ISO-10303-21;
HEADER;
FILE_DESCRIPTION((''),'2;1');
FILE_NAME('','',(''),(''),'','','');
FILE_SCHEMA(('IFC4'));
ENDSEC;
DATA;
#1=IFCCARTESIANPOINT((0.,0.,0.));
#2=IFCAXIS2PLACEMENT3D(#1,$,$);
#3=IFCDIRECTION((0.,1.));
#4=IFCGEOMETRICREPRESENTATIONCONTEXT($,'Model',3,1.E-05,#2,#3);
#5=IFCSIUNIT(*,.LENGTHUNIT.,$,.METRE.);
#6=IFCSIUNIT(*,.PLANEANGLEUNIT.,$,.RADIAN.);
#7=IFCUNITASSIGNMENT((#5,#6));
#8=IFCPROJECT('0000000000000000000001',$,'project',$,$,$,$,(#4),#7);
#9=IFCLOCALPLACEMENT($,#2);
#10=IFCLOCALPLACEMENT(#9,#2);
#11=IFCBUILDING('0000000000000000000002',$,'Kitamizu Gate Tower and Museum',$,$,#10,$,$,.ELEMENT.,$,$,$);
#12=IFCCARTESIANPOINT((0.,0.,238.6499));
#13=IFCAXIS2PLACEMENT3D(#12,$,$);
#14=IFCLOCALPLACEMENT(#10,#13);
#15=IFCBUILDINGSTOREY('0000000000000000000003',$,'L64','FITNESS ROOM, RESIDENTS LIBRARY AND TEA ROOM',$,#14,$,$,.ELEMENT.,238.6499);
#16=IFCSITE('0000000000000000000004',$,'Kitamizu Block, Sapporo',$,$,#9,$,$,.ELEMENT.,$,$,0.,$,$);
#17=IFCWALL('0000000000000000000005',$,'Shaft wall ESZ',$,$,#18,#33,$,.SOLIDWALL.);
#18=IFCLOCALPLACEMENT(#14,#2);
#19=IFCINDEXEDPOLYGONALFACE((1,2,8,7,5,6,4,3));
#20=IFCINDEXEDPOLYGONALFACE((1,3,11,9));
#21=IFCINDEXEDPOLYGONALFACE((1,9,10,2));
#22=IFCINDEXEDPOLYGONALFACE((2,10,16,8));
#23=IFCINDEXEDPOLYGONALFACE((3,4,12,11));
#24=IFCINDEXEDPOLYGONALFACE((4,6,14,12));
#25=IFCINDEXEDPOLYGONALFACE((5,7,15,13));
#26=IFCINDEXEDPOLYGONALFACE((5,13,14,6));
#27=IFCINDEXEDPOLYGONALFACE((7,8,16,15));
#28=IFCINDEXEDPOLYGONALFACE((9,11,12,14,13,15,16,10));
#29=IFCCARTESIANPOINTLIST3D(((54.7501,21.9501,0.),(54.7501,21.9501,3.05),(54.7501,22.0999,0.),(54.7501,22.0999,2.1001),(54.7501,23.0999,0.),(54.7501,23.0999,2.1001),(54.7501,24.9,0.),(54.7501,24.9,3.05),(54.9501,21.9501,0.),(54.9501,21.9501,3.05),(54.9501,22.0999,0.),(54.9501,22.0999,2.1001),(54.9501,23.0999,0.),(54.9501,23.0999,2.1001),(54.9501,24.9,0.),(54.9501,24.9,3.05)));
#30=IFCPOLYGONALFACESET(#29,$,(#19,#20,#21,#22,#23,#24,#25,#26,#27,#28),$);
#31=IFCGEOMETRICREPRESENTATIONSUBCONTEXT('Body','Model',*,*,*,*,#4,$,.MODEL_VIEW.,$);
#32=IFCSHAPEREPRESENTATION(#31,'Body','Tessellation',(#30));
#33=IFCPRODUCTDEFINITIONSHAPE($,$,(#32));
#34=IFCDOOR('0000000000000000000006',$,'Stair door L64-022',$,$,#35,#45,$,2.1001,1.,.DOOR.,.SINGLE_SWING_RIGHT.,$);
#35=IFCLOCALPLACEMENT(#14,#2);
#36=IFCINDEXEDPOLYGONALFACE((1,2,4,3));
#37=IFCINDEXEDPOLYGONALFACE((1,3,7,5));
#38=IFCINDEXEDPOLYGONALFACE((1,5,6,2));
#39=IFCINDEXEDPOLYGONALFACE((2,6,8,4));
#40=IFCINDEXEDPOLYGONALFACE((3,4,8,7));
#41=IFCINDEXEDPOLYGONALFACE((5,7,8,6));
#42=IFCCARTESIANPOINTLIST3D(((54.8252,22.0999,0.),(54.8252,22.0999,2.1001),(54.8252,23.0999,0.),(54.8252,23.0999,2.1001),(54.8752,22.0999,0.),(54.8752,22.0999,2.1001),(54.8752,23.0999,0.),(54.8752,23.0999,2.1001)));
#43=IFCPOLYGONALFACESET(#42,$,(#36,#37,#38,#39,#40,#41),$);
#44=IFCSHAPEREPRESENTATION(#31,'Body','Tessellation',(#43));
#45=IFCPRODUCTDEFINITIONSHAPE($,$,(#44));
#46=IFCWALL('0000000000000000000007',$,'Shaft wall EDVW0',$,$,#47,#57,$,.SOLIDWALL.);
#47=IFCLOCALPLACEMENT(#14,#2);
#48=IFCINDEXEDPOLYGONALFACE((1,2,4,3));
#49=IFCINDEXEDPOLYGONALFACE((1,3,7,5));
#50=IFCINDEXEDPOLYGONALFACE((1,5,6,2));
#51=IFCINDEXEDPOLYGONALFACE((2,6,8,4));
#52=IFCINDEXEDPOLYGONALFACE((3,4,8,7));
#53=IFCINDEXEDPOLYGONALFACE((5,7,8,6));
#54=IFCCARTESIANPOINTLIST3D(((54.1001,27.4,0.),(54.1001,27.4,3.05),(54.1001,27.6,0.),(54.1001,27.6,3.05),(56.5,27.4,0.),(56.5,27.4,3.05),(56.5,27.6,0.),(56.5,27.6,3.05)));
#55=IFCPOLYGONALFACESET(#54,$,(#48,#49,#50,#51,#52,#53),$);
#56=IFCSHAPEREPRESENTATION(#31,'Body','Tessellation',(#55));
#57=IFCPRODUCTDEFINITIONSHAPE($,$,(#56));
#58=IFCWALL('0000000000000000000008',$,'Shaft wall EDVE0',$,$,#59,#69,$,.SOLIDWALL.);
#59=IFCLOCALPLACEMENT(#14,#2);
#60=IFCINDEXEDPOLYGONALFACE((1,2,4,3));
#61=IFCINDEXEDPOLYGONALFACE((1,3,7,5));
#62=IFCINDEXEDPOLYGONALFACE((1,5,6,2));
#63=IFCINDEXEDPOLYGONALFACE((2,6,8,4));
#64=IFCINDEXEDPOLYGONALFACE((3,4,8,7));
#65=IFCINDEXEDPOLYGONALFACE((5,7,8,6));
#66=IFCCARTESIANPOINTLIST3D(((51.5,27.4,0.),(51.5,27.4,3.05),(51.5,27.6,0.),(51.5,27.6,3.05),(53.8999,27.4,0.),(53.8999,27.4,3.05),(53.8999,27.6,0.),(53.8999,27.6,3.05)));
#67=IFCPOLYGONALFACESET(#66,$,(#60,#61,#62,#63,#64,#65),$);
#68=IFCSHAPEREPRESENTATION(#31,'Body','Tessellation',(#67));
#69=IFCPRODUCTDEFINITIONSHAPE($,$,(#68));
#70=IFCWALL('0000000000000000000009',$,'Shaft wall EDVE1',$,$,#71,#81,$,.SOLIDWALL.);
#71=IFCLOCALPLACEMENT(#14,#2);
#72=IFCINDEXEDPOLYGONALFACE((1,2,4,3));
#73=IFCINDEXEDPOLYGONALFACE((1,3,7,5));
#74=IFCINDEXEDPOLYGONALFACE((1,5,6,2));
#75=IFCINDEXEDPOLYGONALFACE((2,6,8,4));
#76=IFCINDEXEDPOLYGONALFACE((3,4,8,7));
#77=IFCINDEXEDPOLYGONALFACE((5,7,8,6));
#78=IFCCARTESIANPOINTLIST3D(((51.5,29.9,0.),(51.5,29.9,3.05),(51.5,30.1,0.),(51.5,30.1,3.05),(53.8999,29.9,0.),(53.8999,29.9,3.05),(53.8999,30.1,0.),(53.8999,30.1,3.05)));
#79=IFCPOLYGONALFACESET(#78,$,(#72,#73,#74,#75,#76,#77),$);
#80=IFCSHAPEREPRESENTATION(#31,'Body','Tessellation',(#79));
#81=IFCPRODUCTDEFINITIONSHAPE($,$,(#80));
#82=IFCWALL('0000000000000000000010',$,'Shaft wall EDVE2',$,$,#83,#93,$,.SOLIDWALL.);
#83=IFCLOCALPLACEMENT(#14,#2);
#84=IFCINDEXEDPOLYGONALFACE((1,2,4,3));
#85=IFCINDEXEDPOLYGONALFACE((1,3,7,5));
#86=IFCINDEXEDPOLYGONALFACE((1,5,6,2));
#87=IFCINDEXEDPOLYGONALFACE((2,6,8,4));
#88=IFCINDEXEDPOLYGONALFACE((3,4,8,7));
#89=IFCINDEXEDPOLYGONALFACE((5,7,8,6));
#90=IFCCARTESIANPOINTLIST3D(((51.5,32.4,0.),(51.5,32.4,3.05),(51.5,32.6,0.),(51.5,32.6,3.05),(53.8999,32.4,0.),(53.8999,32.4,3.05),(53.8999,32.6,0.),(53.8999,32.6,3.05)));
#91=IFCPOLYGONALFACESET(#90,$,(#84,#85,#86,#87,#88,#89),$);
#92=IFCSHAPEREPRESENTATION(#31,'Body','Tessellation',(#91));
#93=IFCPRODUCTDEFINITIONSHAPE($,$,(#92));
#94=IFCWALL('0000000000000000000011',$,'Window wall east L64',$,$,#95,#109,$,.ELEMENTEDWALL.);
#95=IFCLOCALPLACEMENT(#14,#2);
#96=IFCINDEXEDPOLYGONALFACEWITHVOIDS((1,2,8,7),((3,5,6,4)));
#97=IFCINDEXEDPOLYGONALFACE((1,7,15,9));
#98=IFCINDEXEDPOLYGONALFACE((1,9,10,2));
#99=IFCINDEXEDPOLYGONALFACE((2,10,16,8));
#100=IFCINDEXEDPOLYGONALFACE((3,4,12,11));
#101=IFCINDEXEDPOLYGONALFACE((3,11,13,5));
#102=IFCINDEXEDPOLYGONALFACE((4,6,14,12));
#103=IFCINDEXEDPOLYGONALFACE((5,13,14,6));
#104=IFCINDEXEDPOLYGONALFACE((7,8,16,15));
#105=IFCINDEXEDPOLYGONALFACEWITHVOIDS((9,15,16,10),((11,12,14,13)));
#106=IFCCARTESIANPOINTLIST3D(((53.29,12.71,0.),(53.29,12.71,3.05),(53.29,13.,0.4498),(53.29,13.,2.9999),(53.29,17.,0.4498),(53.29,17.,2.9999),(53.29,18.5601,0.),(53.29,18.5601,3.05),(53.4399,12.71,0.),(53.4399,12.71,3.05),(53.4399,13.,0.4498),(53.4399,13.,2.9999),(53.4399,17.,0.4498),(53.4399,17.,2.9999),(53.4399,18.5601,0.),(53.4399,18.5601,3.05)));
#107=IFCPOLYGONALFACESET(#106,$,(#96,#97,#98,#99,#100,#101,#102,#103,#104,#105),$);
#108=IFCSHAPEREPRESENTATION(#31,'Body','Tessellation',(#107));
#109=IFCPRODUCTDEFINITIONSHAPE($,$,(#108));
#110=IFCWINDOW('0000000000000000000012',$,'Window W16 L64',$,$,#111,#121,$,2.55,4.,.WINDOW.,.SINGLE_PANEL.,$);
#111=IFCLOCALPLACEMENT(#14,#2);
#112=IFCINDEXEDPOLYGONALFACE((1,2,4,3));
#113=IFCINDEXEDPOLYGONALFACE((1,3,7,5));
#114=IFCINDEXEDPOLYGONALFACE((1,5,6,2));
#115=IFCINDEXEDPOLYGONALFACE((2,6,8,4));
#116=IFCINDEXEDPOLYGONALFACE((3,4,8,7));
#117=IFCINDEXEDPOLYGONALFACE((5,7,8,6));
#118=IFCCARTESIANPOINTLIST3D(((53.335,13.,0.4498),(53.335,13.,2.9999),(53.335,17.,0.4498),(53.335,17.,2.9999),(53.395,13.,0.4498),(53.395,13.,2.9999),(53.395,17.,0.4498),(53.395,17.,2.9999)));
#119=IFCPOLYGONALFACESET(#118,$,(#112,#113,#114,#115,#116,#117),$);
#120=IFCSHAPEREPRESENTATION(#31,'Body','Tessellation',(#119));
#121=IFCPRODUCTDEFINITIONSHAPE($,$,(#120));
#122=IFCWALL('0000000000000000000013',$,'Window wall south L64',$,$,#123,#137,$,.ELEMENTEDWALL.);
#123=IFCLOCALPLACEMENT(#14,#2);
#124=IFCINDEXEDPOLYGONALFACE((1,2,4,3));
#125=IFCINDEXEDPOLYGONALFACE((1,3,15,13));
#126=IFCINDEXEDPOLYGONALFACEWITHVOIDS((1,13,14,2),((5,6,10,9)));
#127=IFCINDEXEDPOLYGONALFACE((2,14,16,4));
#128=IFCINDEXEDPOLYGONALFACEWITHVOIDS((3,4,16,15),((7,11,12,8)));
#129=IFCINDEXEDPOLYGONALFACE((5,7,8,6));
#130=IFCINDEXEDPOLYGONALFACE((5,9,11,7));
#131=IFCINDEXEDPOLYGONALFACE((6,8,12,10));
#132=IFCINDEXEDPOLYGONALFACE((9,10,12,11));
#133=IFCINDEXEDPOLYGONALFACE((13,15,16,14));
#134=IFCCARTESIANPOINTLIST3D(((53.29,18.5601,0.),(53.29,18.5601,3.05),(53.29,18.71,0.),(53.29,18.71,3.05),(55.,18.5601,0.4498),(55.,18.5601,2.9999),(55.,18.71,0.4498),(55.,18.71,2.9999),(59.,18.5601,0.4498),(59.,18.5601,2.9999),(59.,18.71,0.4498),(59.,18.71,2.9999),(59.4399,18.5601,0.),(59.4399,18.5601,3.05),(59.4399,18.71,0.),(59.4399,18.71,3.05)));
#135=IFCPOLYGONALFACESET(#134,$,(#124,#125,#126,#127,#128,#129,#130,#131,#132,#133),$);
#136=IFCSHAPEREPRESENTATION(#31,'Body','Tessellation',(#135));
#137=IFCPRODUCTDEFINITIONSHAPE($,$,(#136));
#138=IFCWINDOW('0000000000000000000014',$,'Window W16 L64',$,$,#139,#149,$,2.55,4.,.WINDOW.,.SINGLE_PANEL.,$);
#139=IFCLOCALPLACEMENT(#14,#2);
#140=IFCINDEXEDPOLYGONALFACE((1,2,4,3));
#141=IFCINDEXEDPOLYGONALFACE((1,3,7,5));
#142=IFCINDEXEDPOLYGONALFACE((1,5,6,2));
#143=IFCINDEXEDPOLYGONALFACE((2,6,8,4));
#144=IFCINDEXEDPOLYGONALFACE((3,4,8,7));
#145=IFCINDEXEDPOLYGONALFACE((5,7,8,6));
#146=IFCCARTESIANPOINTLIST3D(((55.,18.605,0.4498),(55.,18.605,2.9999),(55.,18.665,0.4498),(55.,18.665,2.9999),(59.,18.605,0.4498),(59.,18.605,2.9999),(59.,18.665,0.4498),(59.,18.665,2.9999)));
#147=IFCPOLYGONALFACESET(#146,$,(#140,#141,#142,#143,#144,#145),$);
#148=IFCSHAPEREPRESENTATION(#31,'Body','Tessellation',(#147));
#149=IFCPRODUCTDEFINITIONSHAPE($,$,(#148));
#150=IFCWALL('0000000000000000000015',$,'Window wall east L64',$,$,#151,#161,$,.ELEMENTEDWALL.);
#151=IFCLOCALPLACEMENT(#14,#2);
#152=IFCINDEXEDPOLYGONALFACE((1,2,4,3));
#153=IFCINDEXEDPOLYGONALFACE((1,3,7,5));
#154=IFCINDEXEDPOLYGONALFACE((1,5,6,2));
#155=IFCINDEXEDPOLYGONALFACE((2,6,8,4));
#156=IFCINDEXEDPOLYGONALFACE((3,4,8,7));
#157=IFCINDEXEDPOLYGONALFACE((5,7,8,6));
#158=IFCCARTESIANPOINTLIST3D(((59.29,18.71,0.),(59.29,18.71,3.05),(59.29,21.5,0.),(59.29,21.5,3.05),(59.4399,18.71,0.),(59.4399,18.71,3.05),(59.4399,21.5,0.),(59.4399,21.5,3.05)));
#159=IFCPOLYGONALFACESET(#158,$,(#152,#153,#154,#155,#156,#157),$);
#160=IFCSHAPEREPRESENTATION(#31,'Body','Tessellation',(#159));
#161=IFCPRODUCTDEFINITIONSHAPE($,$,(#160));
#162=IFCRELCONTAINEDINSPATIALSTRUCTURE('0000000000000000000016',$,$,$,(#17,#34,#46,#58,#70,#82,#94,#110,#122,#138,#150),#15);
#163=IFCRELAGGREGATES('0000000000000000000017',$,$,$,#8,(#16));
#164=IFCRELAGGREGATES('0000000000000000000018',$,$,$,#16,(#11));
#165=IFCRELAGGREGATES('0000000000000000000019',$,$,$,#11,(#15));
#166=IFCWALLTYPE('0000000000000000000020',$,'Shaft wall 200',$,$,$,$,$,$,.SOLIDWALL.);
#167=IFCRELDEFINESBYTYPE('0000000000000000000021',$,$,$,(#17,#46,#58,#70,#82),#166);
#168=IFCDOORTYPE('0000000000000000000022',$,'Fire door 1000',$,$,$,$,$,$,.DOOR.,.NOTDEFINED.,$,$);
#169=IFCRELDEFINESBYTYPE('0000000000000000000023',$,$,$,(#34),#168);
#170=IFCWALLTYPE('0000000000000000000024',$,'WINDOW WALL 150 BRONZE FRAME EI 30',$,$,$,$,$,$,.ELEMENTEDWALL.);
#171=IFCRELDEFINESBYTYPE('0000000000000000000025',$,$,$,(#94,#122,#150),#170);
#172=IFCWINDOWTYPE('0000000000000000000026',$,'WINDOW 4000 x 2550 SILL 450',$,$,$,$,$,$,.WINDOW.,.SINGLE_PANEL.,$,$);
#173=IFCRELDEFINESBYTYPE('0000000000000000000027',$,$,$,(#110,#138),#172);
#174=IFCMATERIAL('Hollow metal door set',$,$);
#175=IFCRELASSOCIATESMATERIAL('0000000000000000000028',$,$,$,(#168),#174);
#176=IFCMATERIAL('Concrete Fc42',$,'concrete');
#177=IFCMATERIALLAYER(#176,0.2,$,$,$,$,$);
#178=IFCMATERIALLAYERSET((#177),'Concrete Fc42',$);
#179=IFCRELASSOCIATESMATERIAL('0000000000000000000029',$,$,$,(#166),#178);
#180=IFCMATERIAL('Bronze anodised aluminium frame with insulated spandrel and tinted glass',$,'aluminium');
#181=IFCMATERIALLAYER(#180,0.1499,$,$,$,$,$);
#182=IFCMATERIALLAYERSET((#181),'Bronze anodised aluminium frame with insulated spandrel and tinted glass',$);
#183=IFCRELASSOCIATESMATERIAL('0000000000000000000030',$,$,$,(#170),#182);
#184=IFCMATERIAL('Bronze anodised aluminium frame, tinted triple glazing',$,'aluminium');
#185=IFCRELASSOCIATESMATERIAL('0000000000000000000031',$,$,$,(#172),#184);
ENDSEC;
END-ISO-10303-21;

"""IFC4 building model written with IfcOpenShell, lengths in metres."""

from ifc_helpers import new_model, si_unit, direction, frame, frame_2d, origin, place, context, subcontext, project, spatial, rectangle, extrude, material, layer, layer_set, type_object, element, fill, save


model = new_model("IFC4")

# Units and contexts
model_context = context("Model", 3, precision=1e-05, world=origin(), true_north=direction((0.0, 1.0)))
body_context = subcontext(model_context, "Body", "Model", "MODEL_VIEW")
ifc_project = project(units=[si_unit("LENGTHUNIT", "METRE"), si_unit("PLANEANGLEUNIT", "RADIAN")], contexts=[model_context])

# Site, building, storey
site_placement = place(None, origin())
site = spatial("IfcSite", under=ifc_project, at=site_placement, Name="Kitamizu Block, Sapporo", CompositionType="ELEMENT", RefElevation=0.0)
building_placement = place(site_placement, origin())
building = spatial("IfcBuilding", under=site, at=building_placement, Name="Kitamizu Gate Tower and Museum", CompositionType="ELEMENT")
storey_placement = place(building_placement, frame((0.0, 0.0, 238.6499)))
storey = spatial("IfcBuildingStorey", under=building, at=storey_placement, Name="L64", Description="FITNESS ROOM, RESIDENTS LIBRARY AND TEA ROOM", CompositionType="ELEMENT", Elevation=238.6499)

# Shared definitions
ifc_material_1 = material(Name="Hollow metal door set")
door_type_1 = type_object("IfcDoorType", Name="Fire door 1000", OperationType="NOTDEFINED", PredefinedType="DOOR", material=ifc_material_1)

# Shared definitions
ifc_material_2 = material(Name="Concrete Fc42", Category="concrete")
ifc_layer_1 = layer(ifc_material_2, 0.2)
ifc_layer_set_1 = layer_set([ifc_layer_1], Name="Concrete Fc42")
wall_type_1 = type_object("IfcWallType", Name="Shaft wall 200", PredefinedType="SOLIDWALL", material=ifc_layer_set_1)

# Wall, opening, door
wall_1_placement = place(storey_placement, frame((54.8501, 21.95, 0.0), z_axis=(0.0, 0.0, 1.0), x_axis=(0.0, 1.0, 0.0)))
wall_1 = element("IfcWall", 1, at=wall_1_placement, inside=storey, type_object=wall_type_1, Name="Shaft wall ESZ", PredefinedType="SOLIDWALL", context=body_context, shape_type="SweptSolid", body=[
    extrude(rectangle(XDim=2.95, YDim=0.2, at=frame_2d((1.4751, 0.0))), origin(), (0.0, 0.0, 1.0), 3.05),
])
opening_1_placement = place(wall_1_placement, frame((0.1499, 0.0, 0.0)))
opening_1 = element("IfcOpeningElement", 2, at=opening_1_placement, cuts=wall_1, PredefinedType="OPENING", context=body_context, shape_type="SweptSolid", body=[
    extrude(rectangle(XDim=1.0, YDim=2.1001, at=frame_2d((0.5, 1.05))), frame((0.0, 0.1099, 0.0), z_axis=(0.0, -1.0, 0.0), x_axis=(1.0, 0.0, 0.0)), (0.0, 0.0, 1.0), 0.22),
])
door_1_placement = place(opening_1_placement, origin())
door_1 = element("IfcDoor", 3, at=door_1_placement, inside=storey, type_object=door_type_1, Name="Stair door L64-022", OperationType="SINGLE_SWING_RIGHT", OverallHeight=2.1001, OverallWidth=1.0, PredefinedType="DOOR", context=body_context, shape_type="SweptSolid", body=[
    extrude(rectangle(XDim=1.0, YDim=2.1001, at=frame_2d((0.5, 1.05))), frame((0.0, 0.0249, 0.0), z_axis=(0.0, -1.0, 0.0), x_axis=(1.0, 0.0, 0.0)), (0.0, 0.0, 1.0), 0.05),
])
fill(opening_1, door_1)

# Walls
for number, where, z_axis, x_axis, name in (
    (4, (56.5, 27.5, 0.0), (0.0, 0.0, 1.0), (-1.0, 0.0, 0.0), "Shaft wall EDVW0"),
    (5, (53.8999, 27.5, 0.0), (0.0, 0.0, 1.0), (-1.0, 0.0, 0.0), "Shaft wall EDVE0"),
    (6, (53.8999, 30.0, 0.0), (0.0, 0.0, 1.0), (-1.0, 0.0, 0.0), "Shaft wall EDVE1"),
    (7, (53.8999, 32.5, 0.0), (0.0, 0.0, 1.0), (-1.0, 0.0, 0.0), "Shaft wall EDVE2"),
):
    element("IfcWall", number, at=place(storey_placement, frame(where, z_axis=z_axis, x_axis=x_axis)), inside=storey, type_object=wall_type_1, Name=name, PredefinedType="SOLIDWALL", context=body_context, shape_type="SweptSolid", body=[
        extrude(rectangle(XDim=2.3999, YDim=0.2, at=frame_2d((1.2, 0.0))), origin(), (0.0, 0.0, 1.0), 3.05),
    ])

# Walls, openings, windows
ifc_material_3 = material(Name="Bronze anodised aluminium frame with insulated spandrel and tinted glass", Category="aluminium")
ifc_layer_2 = layer(ifc_material_3, 0.1499)
ifc_layer_set_2 = layer_set([ifc_layer_2], Name="Bronze anodised aluminium frame with insulated spandrel and tinted glass")
wall_type_2 = type_object("IfcWallType", Name="WINDOW WALL 150 BRONZE FRAME EI 30", PredefinedType="ELEMENTEDWALL", material=ifc_layer_set_2)
wall_2_placement = place(storey_placement, frame((53.365, 12.71, 0.0), z_axis=(0.0, 0.0, 1.0), x_axis=(0.0, 1.0, 0.0)))
wall_2 = element("IfcWall", 8, at=wall_2_placement, inside=storey, type_object=wall_type_2, Name="Window wall east L64", PredefinedType="ELEMENTEDWALL", context=body_context, shape_type="SweptSolid", body=[
    extrude(rectangle(XDim=5.8501, YDim=0.1499, at=frame_2d((2.925, 0.0))), origin(), (0.0, 0.0, 1.0), 3.05),
])
opening_2_placement = place(wall_2_placement, frame((0.29, 0.0, 0.45)))
opening_2 = element("IfcOpeningElement", 9, at=opening_2_placement, cuts=wall_2, PredefinedType="OPENING", context=body_context, shape_type="SweptSolid", body=[
    extrude(rectangle(XDim=4.0, YDim=2.55, at=frame_2d((2.0, 1.2749))), frame((0.0, 0.085, 0.0), z_axis=(0.0, -1.0, 0.0), x_axis=(1.0, 0.0, 0.0)), (0.0, 0.0, 1.0), 0.1699),
])
ifc_material_4 = material(Name="Bronze anodised aluminium frame, tinted triple glazing", Category="aluminium")
window_type = type_object("IfcWindowType", Name="WINDOW 4000 x 2550 SILL 450", PartitioningType="SINGLE_PANEL", PredefinedType="WINDOW", material=ifc_material_4)
window_1_placement = place(opening_2_placement, origin())
window_1 = element("IfcWindow", 10, at=window_1_placement, inside=storey, type_object=window_type, Name="Window W16 L64", OverallHeight=2.55, OverallWidth=4.0, PartitioningType="SINGLE_PANEL", PredefinedType="WINDOW", context=body_context, shape_type="SweptSolid", body=[
    extrude(rectangle(XDim=4.0, YDim=2.55, at=frame_2d((2.0, 1.2749))), frame((0.0, 0.03, 0.0), z_axis=(0.0, -1.0, 0.0), x_axis=(1.0, 0.0, 0.0)), (0.0, 0.0, 1.0), 0.0601),
])
fill(opening_2, window_1)
wall_3_placement = place(storey_placement, frame((53.29, 18.635, 0.0), z_axis=(0.0, 0.0, 1.0), x_axis=(1.0, 0.0, 0.0)))
wall_3 = element("IfcWall", 11, at=wall_3_placement, inside=storey, type_object=wall_type_2, Name="Window wall south L64", PredefinedType="ELEMENTEDWALL", context=body_context, shape_type="SweptSolid", body=[
    extrude(rectangle(XDim=6.1499, YDim=0.1499, at=frame_2d((3.075, 0.0))), origin(), (0.0, 0.0, 1.0), 3.05),
])
opening_3_placement = place(wall_3_placement, frame((1.71, 0.0, 0.45)))
opening_3 = element("IfcOpeningElement", 12, at=opening_3_placement, cuts=wall_3, PredefinedType="OPENING", context=body_context, shape_type="SweptSolid", body=[
    extrude(rectangle(XDim=4.0, YDim=2.55, at=frame_2d((2.0, 1.2749))), frame((0.0, 0.085, 0.0), z_axis=(0.0, -1.0, 0.0), x_axis=(1.0, 0.0, 0.0)), (0.0, 0.0, 1.0), 0.1699),
])
window_2_placement = place(opening_3_placement, origin())
window_2 = element("IfcWindow", 13, at=window_2_placement, inside=storey, type_object=window_type, Name="Window W16 L64", OverallHeight=2.55, OverallWidth=4.0, PartitioningType="SINGLE_PANEL", PredefinedType="WINDOW", context=body_context, shape_type="SweptSolid", body=[
    extrude(rectangle(XDim=4.0, YDim=2.55, at=frame_2d((2.0, 1.2749))), frame((0.0, 0.03, 0.0), z_axis=(0.0, -1.0, 0.0), x_axis=(1.0, 0.0, 0.0)), (0.0, 0.0, 1.0), 0.0601),
])
fill(opening_3, window_2)

# Wall
wall_4_placement = place(storey_placement, frame((59.365, 18.71, 0.0), z_axis=(0.0, 0.0, 1.0), x_axis=(0.0, 1.0, 0.0)))
element("IfcWall", 14, at=wall_4_placement, inside=storey, type_object=wall_type_2, Name="Window wall east L64", PredefinedType="ELEMENTEDWALL", context=body_context, shape_type="SweptSolid", body=[
    extrude(rectangle(XDim=2.79, YDim=0.1499, at=frame_2d((1.395, 0.0))), origin(), (0.0, 0.0, 1.0), 3.05),
])

save(model, "model.ifc")
